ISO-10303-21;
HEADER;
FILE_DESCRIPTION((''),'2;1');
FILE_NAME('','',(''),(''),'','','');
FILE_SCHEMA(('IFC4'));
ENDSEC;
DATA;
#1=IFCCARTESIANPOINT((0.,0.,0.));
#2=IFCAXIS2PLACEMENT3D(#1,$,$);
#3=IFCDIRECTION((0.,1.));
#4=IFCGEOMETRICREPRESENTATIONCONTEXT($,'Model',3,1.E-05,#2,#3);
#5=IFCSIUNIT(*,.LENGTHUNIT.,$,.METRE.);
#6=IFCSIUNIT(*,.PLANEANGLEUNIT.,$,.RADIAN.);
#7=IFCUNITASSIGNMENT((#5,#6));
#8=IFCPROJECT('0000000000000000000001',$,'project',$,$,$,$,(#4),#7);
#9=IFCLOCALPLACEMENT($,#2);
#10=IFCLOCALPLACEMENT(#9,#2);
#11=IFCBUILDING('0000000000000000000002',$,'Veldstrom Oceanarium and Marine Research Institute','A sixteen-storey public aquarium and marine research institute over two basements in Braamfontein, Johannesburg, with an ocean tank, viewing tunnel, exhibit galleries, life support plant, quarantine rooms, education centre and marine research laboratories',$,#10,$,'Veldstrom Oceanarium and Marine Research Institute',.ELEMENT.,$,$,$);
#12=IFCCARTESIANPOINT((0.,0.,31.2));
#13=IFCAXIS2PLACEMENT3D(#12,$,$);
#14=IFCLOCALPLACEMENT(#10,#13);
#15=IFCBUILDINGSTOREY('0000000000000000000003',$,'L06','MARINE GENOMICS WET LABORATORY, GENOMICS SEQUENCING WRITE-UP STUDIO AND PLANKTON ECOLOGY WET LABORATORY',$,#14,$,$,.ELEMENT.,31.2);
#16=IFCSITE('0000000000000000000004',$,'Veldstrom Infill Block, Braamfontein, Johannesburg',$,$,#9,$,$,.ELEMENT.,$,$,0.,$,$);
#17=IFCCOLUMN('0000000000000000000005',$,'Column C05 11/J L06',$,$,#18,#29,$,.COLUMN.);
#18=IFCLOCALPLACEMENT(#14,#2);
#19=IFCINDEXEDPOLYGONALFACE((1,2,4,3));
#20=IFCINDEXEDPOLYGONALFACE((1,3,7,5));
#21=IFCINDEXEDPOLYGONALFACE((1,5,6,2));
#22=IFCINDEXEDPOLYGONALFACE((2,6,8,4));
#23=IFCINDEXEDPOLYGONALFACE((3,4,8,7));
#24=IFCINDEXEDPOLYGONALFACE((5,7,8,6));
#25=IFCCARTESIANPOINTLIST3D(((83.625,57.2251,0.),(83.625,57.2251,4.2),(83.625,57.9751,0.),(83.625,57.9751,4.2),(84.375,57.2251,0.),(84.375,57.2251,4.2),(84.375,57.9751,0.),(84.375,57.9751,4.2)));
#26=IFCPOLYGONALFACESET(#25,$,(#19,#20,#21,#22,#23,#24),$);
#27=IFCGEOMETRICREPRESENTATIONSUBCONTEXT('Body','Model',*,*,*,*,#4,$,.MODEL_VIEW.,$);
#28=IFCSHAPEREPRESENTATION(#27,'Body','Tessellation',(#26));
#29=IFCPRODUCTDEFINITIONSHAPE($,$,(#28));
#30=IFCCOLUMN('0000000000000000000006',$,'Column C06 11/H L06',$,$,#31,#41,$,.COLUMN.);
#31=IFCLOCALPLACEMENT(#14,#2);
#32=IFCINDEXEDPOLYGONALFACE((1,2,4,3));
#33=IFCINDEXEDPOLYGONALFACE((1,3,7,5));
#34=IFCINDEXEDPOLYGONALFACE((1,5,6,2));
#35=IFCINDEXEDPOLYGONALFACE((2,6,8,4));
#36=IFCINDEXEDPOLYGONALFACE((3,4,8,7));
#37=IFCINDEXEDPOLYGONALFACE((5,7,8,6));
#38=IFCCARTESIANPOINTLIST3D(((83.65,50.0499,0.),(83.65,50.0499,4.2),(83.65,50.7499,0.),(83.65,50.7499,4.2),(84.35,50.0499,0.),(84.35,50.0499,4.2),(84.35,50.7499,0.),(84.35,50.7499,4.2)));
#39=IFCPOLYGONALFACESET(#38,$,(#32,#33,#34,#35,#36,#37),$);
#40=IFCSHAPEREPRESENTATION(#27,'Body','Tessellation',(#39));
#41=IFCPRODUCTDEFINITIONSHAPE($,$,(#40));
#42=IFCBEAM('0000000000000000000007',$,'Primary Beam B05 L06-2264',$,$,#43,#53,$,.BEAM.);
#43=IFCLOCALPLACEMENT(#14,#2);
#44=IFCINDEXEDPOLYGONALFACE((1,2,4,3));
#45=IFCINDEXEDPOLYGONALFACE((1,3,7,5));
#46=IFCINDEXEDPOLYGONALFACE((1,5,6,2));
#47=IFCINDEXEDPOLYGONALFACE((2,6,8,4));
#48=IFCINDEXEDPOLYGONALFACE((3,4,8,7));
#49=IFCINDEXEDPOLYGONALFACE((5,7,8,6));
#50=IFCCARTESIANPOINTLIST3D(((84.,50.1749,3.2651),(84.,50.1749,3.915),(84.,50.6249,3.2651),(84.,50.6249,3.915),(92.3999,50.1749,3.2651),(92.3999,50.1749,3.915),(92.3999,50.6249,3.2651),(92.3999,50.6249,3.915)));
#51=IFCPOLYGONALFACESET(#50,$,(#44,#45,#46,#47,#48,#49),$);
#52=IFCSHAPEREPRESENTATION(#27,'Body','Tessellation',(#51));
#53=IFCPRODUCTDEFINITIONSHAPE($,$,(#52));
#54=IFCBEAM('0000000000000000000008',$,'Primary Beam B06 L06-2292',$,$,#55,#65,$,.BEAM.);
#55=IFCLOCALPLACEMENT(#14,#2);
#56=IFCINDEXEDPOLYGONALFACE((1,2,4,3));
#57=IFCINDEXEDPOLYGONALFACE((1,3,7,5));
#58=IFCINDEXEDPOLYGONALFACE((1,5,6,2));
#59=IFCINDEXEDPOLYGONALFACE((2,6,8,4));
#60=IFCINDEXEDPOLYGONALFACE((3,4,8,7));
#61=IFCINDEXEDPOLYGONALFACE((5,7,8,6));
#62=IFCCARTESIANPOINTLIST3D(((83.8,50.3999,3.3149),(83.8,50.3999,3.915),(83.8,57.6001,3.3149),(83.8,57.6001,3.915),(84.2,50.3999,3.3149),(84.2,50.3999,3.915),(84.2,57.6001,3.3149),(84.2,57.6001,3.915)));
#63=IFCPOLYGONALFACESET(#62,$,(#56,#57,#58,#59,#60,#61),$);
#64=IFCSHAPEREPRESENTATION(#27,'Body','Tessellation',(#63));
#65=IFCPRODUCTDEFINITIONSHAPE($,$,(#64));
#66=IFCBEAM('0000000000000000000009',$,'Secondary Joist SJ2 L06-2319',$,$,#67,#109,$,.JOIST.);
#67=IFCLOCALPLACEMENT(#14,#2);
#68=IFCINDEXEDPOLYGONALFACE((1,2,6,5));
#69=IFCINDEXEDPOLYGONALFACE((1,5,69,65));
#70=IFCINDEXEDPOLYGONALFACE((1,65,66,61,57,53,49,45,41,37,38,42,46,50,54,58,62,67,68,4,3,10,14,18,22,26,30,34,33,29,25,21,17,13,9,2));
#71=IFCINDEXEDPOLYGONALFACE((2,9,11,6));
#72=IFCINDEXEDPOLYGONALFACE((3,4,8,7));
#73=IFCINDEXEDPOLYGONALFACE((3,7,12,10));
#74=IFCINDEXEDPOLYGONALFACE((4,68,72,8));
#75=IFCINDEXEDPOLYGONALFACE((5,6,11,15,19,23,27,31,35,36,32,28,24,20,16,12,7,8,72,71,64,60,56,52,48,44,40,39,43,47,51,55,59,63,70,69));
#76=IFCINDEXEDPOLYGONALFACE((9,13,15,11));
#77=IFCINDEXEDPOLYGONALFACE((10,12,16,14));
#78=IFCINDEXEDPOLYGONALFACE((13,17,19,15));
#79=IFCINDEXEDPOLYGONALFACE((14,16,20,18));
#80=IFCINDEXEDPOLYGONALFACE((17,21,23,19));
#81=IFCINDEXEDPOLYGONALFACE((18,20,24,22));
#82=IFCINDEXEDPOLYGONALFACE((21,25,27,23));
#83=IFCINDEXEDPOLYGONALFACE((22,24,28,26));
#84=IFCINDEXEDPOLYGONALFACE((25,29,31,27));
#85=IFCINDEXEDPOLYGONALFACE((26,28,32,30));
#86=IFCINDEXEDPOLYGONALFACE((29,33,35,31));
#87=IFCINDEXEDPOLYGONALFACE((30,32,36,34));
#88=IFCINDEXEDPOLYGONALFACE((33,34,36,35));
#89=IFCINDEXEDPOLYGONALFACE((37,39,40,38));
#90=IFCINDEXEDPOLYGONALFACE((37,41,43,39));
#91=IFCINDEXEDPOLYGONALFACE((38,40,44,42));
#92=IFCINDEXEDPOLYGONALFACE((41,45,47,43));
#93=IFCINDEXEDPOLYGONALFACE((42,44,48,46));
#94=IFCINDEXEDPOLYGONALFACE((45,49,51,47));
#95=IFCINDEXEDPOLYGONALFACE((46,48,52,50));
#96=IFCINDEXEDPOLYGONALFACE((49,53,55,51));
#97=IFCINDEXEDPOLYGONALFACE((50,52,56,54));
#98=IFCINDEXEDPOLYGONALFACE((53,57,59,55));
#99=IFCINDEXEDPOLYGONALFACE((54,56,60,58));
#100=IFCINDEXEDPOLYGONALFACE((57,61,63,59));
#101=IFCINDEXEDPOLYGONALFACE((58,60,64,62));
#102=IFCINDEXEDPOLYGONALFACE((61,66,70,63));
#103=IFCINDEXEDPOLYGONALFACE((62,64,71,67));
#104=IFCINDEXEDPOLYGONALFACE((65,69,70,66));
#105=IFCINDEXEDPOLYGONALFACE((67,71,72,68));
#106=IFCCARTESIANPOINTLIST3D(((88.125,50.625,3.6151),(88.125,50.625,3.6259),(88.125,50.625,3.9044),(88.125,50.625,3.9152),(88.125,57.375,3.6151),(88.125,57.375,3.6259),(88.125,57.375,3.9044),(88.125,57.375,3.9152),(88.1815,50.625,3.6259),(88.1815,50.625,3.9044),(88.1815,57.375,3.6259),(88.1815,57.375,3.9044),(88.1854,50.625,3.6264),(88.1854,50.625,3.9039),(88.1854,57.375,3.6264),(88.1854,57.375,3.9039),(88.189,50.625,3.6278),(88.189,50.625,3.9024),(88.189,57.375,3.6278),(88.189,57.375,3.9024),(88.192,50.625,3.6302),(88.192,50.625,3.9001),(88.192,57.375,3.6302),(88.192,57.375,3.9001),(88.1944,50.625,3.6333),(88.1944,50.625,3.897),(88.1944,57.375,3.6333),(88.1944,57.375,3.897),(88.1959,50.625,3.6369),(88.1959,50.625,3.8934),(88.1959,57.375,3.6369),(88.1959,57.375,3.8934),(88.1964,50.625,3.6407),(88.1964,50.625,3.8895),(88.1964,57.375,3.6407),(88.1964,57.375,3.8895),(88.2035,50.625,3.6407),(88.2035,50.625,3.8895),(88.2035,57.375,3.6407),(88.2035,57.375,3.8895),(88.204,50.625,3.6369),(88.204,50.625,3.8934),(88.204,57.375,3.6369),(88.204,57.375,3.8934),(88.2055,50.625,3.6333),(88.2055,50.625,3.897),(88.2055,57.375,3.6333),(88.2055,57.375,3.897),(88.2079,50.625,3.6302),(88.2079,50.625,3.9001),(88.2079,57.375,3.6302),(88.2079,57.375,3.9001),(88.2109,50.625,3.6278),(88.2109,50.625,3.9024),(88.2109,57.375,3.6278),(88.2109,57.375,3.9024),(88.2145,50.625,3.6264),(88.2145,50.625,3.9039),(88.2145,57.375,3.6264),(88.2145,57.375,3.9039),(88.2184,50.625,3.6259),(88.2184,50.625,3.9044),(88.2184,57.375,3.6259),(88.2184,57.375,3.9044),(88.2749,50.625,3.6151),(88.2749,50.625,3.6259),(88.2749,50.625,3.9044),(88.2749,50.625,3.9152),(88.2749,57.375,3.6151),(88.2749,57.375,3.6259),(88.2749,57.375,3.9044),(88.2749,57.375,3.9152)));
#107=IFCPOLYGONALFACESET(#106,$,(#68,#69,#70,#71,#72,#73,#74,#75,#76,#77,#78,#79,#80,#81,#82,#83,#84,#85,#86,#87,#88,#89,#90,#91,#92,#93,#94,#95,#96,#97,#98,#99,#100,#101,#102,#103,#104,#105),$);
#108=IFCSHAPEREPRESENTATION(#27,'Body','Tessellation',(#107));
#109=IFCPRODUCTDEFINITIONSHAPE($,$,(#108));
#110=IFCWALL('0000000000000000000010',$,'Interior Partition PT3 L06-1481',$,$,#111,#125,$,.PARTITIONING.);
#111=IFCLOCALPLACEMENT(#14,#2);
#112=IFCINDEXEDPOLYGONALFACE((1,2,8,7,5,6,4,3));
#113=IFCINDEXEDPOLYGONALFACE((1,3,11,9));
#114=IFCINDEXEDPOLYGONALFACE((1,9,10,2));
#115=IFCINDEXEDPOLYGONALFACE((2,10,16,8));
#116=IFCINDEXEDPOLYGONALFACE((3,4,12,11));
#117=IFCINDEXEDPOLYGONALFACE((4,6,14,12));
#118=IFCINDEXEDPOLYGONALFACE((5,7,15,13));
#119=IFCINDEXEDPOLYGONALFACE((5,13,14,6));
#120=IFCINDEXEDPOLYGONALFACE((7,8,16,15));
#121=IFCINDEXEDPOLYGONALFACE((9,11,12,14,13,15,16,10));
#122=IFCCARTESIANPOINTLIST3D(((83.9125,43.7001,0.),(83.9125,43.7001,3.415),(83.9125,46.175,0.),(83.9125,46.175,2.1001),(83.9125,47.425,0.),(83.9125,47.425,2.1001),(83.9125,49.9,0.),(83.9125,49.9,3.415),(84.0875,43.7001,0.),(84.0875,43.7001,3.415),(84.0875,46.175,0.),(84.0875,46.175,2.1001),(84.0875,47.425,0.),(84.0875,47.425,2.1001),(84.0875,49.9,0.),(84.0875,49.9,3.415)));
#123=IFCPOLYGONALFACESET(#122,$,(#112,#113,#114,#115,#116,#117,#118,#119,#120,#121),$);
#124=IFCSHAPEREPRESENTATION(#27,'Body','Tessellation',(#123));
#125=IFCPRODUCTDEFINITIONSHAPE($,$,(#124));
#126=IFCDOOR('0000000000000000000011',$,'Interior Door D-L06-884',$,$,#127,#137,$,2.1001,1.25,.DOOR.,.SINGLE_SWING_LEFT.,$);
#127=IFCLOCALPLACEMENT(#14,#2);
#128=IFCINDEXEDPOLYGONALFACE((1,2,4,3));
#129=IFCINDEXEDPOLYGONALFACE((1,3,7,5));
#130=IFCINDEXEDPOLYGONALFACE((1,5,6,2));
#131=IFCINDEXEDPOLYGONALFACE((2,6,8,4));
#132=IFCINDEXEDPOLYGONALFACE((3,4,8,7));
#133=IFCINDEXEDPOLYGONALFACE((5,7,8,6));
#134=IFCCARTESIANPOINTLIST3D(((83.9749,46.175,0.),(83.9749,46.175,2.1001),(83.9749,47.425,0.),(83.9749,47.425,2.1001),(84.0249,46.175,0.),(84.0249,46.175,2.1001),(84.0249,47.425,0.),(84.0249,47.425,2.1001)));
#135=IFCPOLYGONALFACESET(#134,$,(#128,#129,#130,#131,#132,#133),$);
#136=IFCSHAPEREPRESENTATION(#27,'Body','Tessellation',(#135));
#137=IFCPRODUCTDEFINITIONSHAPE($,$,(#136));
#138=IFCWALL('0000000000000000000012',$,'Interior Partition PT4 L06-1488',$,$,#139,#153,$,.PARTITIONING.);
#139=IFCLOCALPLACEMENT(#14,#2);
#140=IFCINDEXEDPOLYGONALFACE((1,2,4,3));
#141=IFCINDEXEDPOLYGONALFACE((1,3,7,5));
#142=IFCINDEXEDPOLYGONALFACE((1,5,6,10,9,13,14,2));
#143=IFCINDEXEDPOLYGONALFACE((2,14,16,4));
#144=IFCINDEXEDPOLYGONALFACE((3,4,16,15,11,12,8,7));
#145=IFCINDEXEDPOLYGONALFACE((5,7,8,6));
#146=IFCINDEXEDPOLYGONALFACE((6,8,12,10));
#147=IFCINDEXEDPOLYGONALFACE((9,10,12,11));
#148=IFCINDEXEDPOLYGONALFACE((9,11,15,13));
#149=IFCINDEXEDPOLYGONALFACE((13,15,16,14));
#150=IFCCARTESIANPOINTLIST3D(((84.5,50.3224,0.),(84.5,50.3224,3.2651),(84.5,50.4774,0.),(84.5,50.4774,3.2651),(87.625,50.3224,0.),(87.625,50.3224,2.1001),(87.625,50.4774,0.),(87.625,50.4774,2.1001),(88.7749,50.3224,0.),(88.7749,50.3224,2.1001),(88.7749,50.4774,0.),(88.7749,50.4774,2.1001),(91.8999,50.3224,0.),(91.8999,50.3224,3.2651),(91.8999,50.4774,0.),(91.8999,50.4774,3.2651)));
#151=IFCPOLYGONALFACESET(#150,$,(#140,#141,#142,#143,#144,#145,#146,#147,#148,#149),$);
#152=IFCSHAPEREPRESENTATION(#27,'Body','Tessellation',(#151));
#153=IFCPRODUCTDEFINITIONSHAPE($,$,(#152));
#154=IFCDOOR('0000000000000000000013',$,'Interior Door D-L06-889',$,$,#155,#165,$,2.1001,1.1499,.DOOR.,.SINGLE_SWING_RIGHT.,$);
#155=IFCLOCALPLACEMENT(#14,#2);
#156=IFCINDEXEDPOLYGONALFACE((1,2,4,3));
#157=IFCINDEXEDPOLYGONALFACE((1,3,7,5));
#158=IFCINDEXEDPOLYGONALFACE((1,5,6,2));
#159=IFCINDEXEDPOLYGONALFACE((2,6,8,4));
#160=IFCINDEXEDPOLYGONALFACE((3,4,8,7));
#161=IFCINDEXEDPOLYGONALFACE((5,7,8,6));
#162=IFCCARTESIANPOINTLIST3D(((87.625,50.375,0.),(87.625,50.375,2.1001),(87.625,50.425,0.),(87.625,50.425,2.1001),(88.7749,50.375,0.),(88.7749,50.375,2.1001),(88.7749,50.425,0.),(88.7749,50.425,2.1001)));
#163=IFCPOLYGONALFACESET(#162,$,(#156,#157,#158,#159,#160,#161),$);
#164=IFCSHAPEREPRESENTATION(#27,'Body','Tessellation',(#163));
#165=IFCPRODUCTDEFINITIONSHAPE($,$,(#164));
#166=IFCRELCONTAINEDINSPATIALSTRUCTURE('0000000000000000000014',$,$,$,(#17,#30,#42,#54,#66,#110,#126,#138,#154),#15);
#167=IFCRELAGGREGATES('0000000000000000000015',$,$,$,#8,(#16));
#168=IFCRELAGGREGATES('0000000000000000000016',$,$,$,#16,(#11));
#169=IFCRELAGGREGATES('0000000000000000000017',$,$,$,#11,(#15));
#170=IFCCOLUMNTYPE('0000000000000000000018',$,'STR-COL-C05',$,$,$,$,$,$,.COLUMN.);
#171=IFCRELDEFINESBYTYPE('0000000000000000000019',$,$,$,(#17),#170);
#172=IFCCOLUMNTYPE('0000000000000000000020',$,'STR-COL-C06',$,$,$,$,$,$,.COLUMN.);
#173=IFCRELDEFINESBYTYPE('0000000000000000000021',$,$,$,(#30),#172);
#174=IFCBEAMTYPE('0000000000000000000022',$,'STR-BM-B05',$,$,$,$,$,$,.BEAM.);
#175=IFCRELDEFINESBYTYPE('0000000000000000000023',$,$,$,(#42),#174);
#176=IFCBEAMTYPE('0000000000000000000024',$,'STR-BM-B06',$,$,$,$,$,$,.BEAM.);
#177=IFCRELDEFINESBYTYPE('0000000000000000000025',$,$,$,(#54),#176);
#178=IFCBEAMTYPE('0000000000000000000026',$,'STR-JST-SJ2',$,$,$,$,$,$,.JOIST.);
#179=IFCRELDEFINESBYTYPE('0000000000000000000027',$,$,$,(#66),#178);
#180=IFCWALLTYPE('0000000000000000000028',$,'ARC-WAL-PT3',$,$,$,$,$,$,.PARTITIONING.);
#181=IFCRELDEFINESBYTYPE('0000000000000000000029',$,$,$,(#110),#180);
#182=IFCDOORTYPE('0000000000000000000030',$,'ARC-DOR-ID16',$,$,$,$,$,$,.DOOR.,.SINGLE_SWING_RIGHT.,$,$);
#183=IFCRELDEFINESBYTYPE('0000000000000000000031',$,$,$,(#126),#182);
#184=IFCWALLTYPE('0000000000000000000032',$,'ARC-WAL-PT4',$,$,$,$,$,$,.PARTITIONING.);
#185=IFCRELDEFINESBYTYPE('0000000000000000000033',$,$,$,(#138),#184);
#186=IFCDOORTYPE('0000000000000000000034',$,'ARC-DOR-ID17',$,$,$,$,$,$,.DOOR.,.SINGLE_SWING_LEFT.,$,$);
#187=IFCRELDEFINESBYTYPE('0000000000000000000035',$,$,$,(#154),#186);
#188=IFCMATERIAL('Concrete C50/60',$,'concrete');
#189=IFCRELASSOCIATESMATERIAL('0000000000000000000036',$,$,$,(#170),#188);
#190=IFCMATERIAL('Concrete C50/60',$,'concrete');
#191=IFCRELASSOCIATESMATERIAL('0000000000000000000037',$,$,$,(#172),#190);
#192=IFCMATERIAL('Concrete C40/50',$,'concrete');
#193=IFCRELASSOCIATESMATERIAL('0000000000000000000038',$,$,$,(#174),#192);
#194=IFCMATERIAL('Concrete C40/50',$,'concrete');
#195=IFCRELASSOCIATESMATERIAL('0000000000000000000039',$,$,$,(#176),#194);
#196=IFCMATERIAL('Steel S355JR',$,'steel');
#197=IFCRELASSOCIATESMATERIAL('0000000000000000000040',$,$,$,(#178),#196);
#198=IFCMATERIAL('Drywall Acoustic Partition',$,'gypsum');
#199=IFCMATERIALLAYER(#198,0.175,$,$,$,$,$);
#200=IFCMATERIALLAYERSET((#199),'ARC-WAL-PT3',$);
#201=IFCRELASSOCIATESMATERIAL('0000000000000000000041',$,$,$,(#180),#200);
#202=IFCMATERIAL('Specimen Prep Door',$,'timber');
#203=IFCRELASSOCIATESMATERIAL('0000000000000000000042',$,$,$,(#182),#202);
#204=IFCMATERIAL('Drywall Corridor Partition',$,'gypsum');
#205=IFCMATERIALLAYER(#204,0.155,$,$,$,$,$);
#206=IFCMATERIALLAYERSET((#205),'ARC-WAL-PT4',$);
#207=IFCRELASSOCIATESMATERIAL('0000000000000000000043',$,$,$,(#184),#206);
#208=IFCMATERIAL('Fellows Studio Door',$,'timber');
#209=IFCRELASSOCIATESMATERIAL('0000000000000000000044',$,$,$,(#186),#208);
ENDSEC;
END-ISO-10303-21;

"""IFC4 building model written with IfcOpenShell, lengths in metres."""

from ifc_helpers import new_model, si_unit, direction, frame, frame_2d, origin, origin_2d, place, context, subcontext, project, spatial, rectangle, i_section, extrude, material, layer, layer_set, material_profile, profile_set, type_object, element, fill, save


model = new_model("IFC4")

# Units and contexts
model_context = context("Model", 3, precision=1e-05, world=origin(), true_north=direction((0.0, 1.0)))
body_context = subcontext(model_context, "Body", "Model", "MODEL_VIEW")
ifc_project = project(units=[si_unit("LENGTHUNIT", "METRE"), si_unit("PLANEANGLEUNIT", "RADIAN")], contexts=[model_context])

# Site, building, storey
site_placement = place(None, origin())
site = spatial("IfcSite", under=ifc_project, at=site_placement, Name="Veldstrom Infill Block, Braamfontein, Johannesburg", CompositionType="ELEMENT", RefElevation=0.0)
building_placement = place(site_placement, origin())
building = spatial("IfcBuilding", under=site, at=building_placement, Name="Veldstrom Oceanarium and Marine Research Institute", Description="A sixteen-storey public aquarium and marine research institute over two basements in Braamfontein, Johannesburg, with an ocean tank, viewing tunnel, exhibit galleries, life support plant, quarantine rooms, education centre and marine research laboratories", LongName="Veldstrom Oceanarium and Marine Research Institute", CompositionType="ELEMENT")
storey_placement = place(building_placement, frame((0.0, 0.0, 31.2)))
storey = spatial("IfcBuildingStorey", under=building, at=storey_placement, Name="L06", Description="MARINE GENOMICS WET LABORATORY, GENOMICS SEQUENCING WRITE-UP STUDIO AND PLANKTON ECOLOGY WET LABORATORY", CompositionType="ELEMENT", Elevation=31.2)

# Columns
ifc_material_1 = material(Name="Concrete C50/60", Category="concrete")
ifc_material_profile_1 = material_profile(ifc_material_1, rectangle(XDim=0.75, YDim=0.75, at=origin_2d()), Name="RC-COL-750x750")
ifc_profile_set_1 = profile_set([ifc_material_profile_1], Name="Concrete C50/60")
column_type_1 = type_object("IfcColumnType", Name="STR-COL-C05", PredefinedType="COLUMN", material=ifc_profile_set_1)
column_1_placement = place(storey_placement, frame((84.0, 57.6001, 0.0), z_axis=(0.0, 0.0, 1.0), x_axis=(1.0, 0.0, 0.0)))
element("IfcColumn", 1, at=column_1_placement, inside=storey, type_object=column_type_1, Name="Column C05 11/J L06", PredefinedType="COLUMN", context=body_context, shape_type="SweptSolid", body=[
    extrude(rectangle(XDim=0.75, YDim=0.75, at=origin_2d()), origin(), (0.0, 0.0, 1.0), 4.2),
])
ifc_material_2 = material(Name="Concrete C50/60", Category="concrete")
ifc_material_profile_2 = material_profile(ifc_material_2, rectangle(XDim=0.7, YDim=0.7, at=origin_2d()), Name="RC-COL-700x700")
ifc_profile_set_2 = profile_set([ifc_material_profile_2], Name="Concrete C50/60")
column_type_2 = type_object("IfcColumnType", Name="STR-COL-C06", PredefinedType="COLUMN", material=ifc_profile_set_2)
column_2_placement = place(storey_placement, frame((84.0, 50.3999, 0.0), z_axis=(0.0, 0.0, 1.0), x_axis=(1.0, 0.0, 0.0)))
element("IfcColumn", 2, at=column_2_placement, inside=storey, type_object=column_type_2, Name="Column C06 11/H L06", PredefinedType="COLUMN", context=body_context, shape_type="SweptSolid", body=[
    extrude(rectangle(XDim=0.7, YDim=0.7, at=origin_2d()), origin(), (0.0, 0.0, 1.0), 4.2),
])

# Beams
ifc_material_3 = material(Name="Concrete C40/50", Category="concrete")
ifc_material_profile_3 = material_profile(ifc_material_3, rectangle(XDim=0.45, YDim=0.6499, at=origin_2d()), Name="RC-BM-450x650")
ifc_profile_set_3 = profile_set([ifc_material_profile_3], Name="Concrete C40/50")
beam_type_1 = type_object("IfcBeamType", Name="STR-BM-B05", PredefinedType="BEAM", material=ifc_profile_set_3)
beam_1_placement = place(storey_placement, frame((84.0, 50.3999, 3.5901), z_axis=(1.0, 0.0, 0.0), x_axis=(0.0, 1.0, 0.0)))
element("IfcBeam", 3, at=beam_1_placement, inside=storey, type_object=beam_type_1, Name="Primary Beam B05 L06-2264", PredefinedType="BEAM", context=body_context, shape_type="SweptSolid", body=[
    extrude(rectangle(XDim=0.45, YDim=0.6499, at=origin_2d()), origin(), (0.0, 0.0, 1.0), 8.3999),
])
ifc_material_4 = material(Name="Concrete C40/50", Category="concrete")
ifc_material_profile_4 = material_profile(ifc_material_4, rectangle(XDim=0.3999, YDim=0.6001, at=origin_2d()), Name="RC-BM-400x600")
ifc_profile_set_4 = profile_set([ifc_material_profile_4], Name="Concrete C40/50")
beam_type_2 = type_object("IfcBeamType", Name="STR-BM-B06", PredefinedType="BEAM", material=ifc_profile_set_4)
beam_2_placement = place(storey_placement, frame((84.0, 50.3999, 3.615), z_axis=(0.0, 1.0, 0.0), x_axis=(-1.0, 0.0, 0.0)))
element("IfcBeam", 4, at=beam_2_placement, inside=storey, type_object=beam_type_2, Name="Primary Beam B06 L06-2292", PredefinedType="BEAM", context=body_context, shape_type="SweptSolid", body=[
    extrude(rectangle(XDim=0.3999, YDim=0.6001, at=origin_2d()), origin(), (0.0, 0.0, 1.0), 7.2002),
])
ifc_material_5 = material(Name="Steel S355JR", Category="steel")
ifc_material_profile_5 = material_profile(ifc_material_5, i_section(OverallWidth=0.1499, OverallDepth=0.3, WebThickness=0.0071, FlangeThickness=0.0107, FilletRadius=0.0149, at=origin_2d()), Name="IPE 300")
ifc_profile_set_5 = profile_set([ifc_material_profile_5], Name="Steel S355JR")
beam_type_3 = type_object("IfcBeamType", Name="STR-JST-SJ2", PredefinedType="JOIST", material=ifc_profile_set_5)
beam_3_placement = place(storey_placement, frame((88.2, 50.625, 3.7651), z_axis=(0.0, 1.0, 0.0), x_axis=(-1.0, 0.0, 0.0)))
element("IfcBeam", 5, at=beam_3_placement, inside=storey, type_object=beam_type_3, Name="Secondary Joist SJ2 L06-2319", PredefinedType="JOIST", context=body_context, shape_type="SweptSolid", body=[
    extrude(i_section(OverallWidth=0.1499, OverallDepth=0.3, WebThickness=0.0071, FlangeThickness=0.0107, FilletRadius=0.0149, at=origin_2d()), origin(), (0.0, 0.0, 1.0), 6.75),
])

# Walls, openings, doors
ifc_material_6 = material(Name="Drywall Acoustic Partition", Category="gypsum")
ifc_layer_1 = layer(ifc_material_6, 0.175)
ifc_layer_set_1 = layer_set([ifc_layer_1], Name="ARC-WAL-PT3")
wall_type_1 = type_object("IfcWallType", Name="ARC-WAL-PT3", PredefinedType="PARTITIONING", material=ifc_layer_set_1)
wall_1_placement = place(storey_placement, frame((84.0, 43.7, 0.0), z_axis=(0.0, 0.0, 1.0), x_axis=(0.0, 1.0, 0.0)))
wall_1 = element("IfcWall", 6, at=wall_1_placement, inside=storey, type_object=wall_type_1, Name="Interior Partition PT3 L06-1481", PredefinedType="PARTITIONING", context=body_context, shape_type="SweptSolid", body=[
    extrude(rectangle(XDim=6.2, YDim=0.175, at=frame_2d((3.1001, 0.0))), origin(), (0.0, 0.0, 1.0), 3.415),
])
opening_1_placement = place(wall_1_placement, frame((2.4751, 0.0, 0.0)))
opening_1 = element("IfcOpeningElement", 7, at=opening_1_placement, cuts=wall_1, PredefinedType="OPENING", context=body_context, shape_type="SweptSolid", body=[
    extrude(rectangle(XDim=1.25, YDim=2.1001, at=frame_2d((0.625, 1.05))), frame((0.0, 0.0974, 0.0), z_axis=(0.0, -1.0, 0.0), x_axis=(1.0, 0.0, 0.0)), (0.0, 0.0, 1.0), 0.1951),
])
ifc_material_7 = material(Name="Specimen Prep Door", Category="timber")
door_type_1 = type_object("IfcDoorType", Name="ARC-DOR-ID16", OperationType="SINGLE_SWING_RIGHT", PredefinedType="DOOR", material=ifc_material_7)
door_1_placement = place(opening_1_placement, frame((1.25, 0.0, 0.0), z_axis=(0.0, 0.0, 1.0), x_axis=(-1.0, 0.0, 0.0)))
door_1 = element("IfcDoor", 8, at=door_1_placement, inside=storey, type_object=door_type_1, Name="Interior Door D-L06-884", OperationType="SINGLE_SWING_LEFT", OverallHeight=2.1001, OverallWidth=1.25, PredefinedType="DOOR", context=body_context, shape_type="SweptSolid", body=[
    extrude(rectangle(XDim=1.25, YDim=2.1001, at=frame_2d((0.625, 1.05))), frame((0.0, 0.0249, 0.0), z_axis=(0.0, -1.0, 0.0), x_axis=(1.0, 0.0, 0.0)), (0.0, 0.0, 1.0), 0.05),
])
fill(opening_1, door_1)
ifc_material_8 = material(Name="Drywall Corridor Partition", Category="gypsum")
ifc_layer_2 = layer(ifc_material_8, 0.155)
ifc_layer_set_2 = layer_set([ifc_layer_2], Name="ARC-WAL-PT4")
wall_type_2 = type_object("IfcWallType", Name="ARC-WAL-PT4", PredefinedType="PARTITIONING", material=ifc_layer_set_2)
wall_2_placement = place(storey_placement, frame((84.5, 50.3999, 0.0), z_axis=(0.0, 0.0, 1.0), x_axis=(1.0, 0.0, 0.0)))
wall_2 = element("IfcWall", 9, at=wall_2_placement, inside=storey, type_object=wall_type_2, Name="Interior Partition PT4 L06-1488", PredefinedType="PARTITIONING", context=body_context, shape_type="SweptSolid", body=[
    extrude(rectangle(XDim=7.3999, YDim=0.155, at=frame_2d((3.7, 0.0))), origin(), (0.0, 0.0, 1.0), 3.2651),
])
opening_2_placement = place(wall_2_placement, frame((3.125, 0.0, 0.0)))
opening_2 = element("IfcOpeningElement", 10, at=opening_2_placement, cuts=wall_2, PredefinedType="OPENING", context=body_context, shape_type="SweptSolid", body=[
    extrude(rectangle(XDim=1.1499, YDim=2.1001, at=frame_2d((0.575, 1.05))), frame((0.0, 0.0874, 0.0), z_axis=(0.0, -1.0, 0.0), x_axis=(1.0, 0.0, 0.0)), (0.0, 0.0, 1.0), 0.175),
])
ifc_material_9 = material(Name="Fellows Studio Door", Category="timber")
door_type_2 = type_object("IfcDoorType", Name="ARC-DOR-ID17", OperationType="SINGLE_SWING_LEFT", PredefinedType="DOOR", material=ifc_material_9)
door_2_placement = place(opening_2_placement, frame((1.1499, 0.0, 0.0), z_axis=(0.0, 0.0, 1.0), x_axis=(-1.0, 0.0, 0.0)))
door_2 = element("IfcDoor", 11, at=door_2_placement, inside=storey, type_object=door_type_2, Name="Interior Door D-L06-889", OperationType="SINGLE_SWING_RIGHT", OverallHeight=2.1001, OverallWidth=1.1499, PredefinedType="DOOR", context=body_context, shape_type="SweptSolid", body=[
    extrude(rectangle(XDim=1.1499, YDim=2.1001, at=frame_2d((0.575, 1.05))), frame((0.0, 0.0249, 0.0), z_axis=(0.0, -1.0, 0.0), x_axis=(1.0, 0.0, 0.0)), (0.0, 0.0, 1.0), 0.05),
])
fill(opening_2, door_2)

save(model, "model.ifc")
